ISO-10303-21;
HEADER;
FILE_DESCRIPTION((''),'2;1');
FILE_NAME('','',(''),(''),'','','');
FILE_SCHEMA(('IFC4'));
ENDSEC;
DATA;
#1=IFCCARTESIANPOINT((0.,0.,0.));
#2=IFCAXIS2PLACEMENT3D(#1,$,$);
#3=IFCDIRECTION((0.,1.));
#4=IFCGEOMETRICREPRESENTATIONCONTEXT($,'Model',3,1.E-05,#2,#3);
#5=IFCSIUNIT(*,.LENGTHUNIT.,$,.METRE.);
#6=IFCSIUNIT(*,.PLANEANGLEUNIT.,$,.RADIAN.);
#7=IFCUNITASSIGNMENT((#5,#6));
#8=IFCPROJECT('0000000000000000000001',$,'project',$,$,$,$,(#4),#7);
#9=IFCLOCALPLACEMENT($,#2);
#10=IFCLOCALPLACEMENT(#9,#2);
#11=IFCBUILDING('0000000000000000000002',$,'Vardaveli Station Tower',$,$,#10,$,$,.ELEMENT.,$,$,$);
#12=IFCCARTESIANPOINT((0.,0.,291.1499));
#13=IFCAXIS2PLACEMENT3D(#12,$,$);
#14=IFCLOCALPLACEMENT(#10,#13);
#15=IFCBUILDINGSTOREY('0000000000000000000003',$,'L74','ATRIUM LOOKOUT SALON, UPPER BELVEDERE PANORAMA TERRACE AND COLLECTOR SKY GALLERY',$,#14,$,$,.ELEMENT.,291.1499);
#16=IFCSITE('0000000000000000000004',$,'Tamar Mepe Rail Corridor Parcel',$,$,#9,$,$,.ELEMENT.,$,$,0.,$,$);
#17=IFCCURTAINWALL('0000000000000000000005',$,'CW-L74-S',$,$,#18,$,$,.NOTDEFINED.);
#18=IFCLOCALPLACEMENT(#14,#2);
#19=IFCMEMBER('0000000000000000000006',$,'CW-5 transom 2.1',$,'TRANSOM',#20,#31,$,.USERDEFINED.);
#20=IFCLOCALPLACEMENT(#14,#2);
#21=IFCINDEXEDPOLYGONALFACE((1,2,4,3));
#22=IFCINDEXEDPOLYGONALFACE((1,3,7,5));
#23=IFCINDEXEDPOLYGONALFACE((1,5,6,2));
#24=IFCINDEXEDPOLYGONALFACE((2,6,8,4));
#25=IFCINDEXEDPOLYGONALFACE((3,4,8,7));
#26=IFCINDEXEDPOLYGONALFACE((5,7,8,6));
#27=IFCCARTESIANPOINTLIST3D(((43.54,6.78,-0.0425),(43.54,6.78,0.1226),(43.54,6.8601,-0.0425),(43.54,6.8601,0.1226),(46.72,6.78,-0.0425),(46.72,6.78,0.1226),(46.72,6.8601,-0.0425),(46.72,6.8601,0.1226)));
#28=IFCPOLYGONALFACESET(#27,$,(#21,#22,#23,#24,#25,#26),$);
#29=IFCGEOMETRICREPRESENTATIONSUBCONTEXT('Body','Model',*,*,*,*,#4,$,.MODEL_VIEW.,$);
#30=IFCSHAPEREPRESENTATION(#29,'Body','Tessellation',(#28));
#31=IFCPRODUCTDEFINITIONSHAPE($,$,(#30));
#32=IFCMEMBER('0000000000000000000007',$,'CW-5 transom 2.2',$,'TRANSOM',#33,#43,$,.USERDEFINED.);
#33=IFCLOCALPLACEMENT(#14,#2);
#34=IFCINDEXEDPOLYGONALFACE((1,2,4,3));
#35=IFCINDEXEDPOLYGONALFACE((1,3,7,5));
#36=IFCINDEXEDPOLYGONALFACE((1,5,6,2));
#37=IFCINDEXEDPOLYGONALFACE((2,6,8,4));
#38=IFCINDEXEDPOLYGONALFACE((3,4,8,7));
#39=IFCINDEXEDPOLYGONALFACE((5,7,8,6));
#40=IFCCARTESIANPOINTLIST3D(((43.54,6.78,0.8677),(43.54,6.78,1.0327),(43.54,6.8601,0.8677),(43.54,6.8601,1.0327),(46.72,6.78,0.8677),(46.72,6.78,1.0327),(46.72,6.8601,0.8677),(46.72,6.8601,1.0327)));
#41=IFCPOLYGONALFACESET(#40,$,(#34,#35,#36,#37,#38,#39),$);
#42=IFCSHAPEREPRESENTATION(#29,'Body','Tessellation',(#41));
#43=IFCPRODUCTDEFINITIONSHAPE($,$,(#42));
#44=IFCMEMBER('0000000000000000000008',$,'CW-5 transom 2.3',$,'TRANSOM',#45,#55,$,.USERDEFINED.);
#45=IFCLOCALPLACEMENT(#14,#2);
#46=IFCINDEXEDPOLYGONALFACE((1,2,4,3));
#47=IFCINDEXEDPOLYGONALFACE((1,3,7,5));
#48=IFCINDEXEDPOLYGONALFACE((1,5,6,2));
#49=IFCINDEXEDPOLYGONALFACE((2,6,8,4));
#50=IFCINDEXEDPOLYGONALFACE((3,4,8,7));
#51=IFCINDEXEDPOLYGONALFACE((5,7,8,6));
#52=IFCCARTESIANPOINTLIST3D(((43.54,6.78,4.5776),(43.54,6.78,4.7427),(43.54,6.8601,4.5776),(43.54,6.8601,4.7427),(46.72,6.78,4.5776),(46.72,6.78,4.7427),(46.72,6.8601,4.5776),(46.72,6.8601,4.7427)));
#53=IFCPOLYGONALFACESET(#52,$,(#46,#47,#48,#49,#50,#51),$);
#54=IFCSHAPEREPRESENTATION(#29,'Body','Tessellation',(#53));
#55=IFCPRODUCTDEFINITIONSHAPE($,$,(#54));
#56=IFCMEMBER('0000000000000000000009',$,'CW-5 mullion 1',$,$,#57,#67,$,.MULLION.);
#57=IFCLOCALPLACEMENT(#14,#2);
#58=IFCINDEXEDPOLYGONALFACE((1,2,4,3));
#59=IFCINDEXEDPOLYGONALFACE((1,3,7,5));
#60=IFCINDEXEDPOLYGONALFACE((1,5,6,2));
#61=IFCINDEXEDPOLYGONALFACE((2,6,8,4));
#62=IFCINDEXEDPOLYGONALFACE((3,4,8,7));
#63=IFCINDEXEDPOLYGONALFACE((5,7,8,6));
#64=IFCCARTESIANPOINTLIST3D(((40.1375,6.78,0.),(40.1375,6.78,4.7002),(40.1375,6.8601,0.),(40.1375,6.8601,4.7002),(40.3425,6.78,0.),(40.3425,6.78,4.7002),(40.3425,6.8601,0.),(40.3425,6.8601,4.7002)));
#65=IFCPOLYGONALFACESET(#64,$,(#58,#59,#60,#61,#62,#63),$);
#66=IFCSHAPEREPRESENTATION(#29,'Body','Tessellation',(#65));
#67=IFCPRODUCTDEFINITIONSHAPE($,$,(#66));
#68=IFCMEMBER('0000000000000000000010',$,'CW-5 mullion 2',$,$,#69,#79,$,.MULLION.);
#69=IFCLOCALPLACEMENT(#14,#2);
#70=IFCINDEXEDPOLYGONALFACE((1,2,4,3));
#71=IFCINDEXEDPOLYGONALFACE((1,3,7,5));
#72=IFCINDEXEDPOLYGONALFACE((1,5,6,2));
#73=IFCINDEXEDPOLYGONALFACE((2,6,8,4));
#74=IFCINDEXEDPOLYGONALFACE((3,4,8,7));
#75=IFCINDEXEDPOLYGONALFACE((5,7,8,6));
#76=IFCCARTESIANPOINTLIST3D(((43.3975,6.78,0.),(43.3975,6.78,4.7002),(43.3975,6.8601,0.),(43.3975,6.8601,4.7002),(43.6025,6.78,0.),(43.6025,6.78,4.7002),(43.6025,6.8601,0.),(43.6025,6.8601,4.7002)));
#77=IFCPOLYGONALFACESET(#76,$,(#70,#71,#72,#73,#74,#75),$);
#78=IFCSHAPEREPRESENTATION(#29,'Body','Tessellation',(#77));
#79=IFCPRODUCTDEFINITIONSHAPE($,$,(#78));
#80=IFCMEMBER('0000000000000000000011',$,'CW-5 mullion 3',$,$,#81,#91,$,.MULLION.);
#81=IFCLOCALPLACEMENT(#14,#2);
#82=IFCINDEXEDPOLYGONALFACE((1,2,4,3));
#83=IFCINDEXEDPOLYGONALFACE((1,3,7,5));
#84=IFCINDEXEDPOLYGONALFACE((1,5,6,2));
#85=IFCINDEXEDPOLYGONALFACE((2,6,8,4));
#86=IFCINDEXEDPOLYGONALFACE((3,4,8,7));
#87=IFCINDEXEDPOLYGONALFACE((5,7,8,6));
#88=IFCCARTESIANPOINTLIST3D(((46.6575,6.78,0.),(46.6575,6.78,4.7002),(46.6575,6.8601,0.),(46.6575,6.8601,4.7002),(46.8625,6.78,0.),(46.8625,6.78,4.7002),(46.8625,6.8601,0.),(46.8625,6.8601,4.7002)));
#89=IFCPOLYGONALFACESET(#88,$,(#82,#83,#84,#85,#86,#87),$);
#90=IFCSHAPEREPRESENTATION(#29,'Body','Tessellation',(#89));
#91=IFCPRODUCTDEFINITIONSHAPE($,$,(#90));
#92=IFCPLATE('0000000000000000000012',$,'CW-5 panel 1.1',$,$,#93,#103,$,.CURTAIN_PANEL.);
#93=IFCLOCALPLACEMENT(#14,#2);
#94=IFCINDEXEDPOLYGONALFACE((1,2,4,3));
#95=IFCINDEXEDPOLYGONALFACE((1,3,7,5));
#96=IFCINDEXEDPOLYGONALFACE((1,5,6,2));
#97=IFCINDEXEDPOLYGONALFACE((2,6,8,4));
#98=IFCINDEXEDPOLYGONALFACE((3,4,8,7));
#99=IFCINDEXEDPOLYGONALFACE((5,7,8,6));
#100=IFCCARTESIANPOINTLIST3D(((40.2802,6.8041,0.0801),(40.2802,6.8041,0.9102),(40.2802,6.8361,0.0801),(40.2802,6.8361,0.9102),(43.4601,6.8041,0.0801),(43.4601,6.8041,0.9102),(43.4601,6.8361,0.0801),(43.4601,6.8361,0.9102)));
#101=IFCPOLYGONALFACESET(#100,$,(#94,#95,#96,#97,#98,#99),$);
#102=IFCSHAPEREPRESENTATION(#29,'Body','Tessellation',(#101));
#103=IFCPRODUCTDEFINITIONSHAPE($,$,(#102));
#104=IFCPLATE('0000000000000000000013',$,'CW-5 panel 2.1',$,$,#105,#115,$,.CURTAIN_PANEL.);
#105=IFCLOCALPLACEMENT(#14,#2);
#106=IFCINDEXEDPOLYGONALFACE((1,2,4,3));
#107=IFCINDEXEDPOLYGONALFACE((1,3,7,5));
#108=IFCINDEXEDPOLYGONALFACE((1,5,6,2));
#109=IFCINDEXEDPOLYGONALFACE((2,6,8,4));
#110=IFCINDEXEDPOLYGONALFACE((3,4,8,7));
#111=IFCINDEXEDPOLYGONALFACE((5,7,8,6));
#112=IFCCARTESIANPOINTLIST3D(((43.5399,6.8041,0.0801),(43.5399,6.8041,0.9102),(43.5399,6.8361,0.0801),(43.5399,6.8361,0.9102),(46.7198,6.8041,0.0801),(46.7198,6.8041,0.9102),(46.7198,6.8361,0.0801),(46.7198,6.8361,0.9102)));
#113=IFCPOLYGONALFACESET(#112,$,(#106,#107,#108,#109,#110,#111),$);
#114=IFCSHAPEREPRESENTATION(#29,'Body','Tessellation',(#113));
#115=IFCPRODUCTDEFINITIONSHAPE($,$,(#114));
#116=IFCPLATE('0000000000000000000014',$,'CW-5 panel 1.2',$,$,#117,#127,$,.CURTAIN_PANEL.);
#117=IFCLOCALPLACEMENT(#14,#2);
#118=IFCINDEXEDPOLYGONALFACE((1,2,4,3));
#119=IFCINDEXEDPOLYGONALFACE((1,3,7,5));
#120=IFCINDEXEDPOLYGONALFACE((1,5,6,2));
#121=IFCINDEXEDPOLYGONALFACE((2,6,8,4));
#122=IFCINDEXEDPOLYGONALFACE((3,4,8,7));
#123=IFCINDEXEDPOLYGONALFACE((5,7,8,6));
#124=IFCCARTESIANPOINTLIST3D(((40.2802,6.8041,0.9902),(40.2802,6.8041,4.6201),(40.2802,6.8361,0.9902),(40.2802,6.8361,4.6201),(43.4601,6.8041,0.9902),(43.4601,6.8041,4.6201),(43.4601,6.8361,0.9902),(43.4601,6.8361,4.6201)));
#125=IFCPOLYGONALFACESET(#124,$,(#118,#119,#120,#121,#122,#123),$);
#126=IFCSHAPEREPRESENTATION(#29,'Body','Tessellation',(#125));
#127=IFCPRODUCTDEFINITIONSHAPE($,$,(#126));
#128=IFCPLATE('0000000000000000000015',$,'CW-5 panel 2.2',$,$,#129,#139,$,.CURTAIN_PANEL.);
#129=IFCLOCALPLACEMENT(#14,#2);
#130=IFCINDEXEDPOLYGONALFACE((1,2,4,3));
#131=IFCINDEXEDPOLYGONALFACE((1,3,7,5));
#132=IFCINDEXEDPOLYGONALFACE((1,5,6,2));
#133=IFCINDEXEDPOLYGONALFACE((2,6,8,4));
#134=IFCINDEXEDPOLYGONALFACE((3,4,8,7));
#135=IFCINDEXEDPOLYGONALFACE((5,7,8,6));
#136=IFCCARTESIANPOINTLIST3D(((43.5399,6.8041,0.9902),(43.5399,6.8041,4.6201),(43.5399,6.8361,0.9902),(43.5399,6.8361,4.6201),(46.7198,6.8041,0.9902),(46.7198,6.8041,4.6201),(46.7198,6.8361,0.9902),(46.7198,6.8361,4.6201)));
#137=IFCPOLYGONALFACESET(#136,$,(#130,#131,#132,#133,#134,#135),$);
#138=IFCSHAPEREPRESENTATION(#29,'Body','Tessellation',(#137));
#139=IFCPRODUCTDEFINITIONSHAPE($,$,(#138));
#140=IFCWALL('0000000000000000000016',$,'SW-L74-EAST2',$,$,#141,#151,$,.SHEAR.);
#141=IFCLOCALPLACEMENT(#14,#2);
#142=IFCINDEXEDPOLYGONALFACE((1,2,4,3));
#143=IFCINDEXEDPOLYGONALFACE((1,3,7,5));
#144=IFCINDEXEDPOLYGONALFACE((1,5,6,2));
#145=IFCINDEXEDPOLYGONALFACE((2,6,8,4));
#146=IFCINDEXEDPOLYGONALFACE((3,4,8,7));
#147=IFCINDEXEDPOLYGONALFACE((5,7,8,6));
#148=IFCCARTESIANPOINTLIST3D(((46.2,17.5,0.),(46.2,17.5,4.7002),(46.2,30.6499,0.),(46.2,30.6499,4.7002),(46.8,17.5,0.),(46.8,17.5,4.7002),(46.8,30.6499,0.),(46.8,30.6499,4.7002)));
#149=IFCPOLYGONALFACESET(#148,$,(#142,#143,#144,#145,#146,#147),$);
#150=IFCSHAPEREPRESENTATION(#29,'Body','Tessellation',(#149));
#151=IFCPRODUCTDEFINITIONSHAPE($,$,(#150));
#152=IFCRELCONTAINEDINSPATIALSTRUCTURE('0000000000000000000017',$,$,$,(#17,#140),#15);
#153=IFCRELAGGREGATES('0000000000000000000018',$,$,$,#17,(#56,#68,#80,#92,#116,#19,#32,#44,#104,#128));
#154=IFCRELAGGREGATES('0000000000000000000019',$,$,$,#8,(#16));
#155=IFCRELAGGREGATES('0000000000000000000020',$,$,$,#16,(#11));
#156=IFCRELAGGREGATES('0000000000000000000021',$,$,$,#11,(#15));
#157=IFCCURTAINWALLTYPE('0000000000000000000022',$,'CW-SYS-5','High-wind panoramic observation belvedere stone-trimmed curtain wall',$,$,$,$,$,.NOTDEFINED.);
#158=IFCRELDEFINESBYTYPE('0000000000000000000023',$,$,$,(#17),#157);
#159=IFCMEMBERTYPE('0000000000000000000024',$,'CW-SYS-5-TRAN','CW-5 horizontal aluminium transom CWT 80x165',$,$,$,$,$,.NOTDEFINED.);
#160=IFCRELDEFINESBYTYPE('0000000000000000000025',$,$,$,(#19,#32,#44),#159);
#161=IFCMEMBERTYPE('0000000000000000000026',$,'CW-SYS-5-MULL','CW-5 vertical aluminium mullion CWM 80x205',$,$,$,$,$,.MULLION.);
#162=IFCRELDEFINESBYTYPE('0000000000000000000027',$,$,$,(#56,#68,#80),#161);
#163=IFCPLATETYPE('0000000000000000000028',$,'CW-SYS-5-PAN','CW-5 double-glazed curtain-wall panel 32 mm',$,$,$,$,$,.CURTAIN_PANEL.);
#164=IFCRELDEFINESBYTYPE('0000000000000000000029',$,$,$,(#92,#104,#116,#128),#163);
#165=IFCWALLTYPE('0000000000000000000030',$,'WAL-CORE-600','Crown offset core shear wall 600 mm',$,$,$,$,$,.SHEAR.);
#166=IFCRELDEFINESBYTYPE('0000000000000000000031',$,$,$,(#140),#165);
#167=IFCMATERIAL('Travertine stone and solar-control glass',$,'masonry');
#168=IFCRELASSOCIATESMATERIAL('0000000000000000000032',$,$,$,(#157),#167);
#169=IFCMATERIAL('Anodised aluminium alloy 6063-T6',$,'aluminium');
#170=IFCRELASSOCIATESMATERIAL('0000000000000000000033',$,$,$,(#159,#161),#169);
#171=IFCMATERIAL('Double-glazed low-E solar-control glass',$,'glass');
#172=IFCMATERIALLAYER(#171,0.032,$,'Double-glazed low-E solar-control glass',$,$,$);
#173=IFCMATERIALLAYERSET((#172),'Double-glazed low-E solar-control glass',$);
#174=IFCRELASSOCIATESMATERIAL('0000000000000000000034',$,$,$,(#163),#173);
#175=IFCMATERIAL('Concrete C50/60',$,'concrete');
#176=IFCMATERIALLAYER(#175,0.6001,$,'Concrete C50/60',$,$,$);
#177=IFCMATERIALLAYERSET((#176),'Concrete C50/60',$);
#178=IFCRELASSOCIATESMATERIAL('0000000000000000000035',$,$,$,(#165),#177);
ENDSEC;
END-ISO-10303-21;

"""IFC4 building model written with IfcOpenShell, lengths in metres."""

from ifc_helpers import new_model, si_unit, direction, frame, frame_2d, origin, origin_2d, place, context, subcontext, project, spatial, rectangle, extrude, source, transform, mapped, material, layer, layer_set, material_profile, profile_set, type_object, element, aggregate, save


model = new_model("IFC4")

# Units and contexts
model_context = context("Model", 3, precision=1e-05, world=origin(), true_north=direction((0.0, 1.0)))
body_context = subcontext(model_context, "Body", "Model", "MODEL_VIEW")
ifc_project = project(units=[si_unit("LENGTHUNIT", "METRE"), si_unit("PLANEANGLEUNIT", "RADIAN")], contexts=[model_context])

# Site, building, storey
site_placement = place(None, origin())
site = spatial("IfcSite", under=ifc_project, at=site_placement, Name="Tamar Mepe Rail Corridor Parcel", CompositionType="ELEMENT", RefElevation=0.0)
building_placement = place(site_placement, origin())
building = spatial("IfcBuilding", under=site, at=building_placement, Name="Vardaveli Station Tower", CompositionType="ELEMENT")
storey_placement = place(building_placement, frame((0.0, 0.0, 291.1499)))
storey = spatial("IfcBuildingStorey", under=building, at=storey_placement, Name="L74", Description="ATRIUM LOOKOUT SALON, UPPER BELVEDERE PANORAMA TERRACE AND COLLECTOR SKY GALLERY", CompositionType="ELEMENT", Elevation=291.1499)

# Curtain wall, members, plates
ifc_material_1 = material(Name="Travertine stone and solar-control glass", Category="masonry")
curtain_wall_type = type_object("IfcCurtainWallType", Name="CW-SYS-5", Description="High-wind panoramic observation belvedere stone-trimmed curtain wall", PredefinedType="NOTDEFINED", material=ifc_material_1)
curtain_wall_placement = place(storey_placement, origin())
curtain_wall = element("IfcCurtainWall", 1, at=curtain_wall_placement, inside=storey, type_object=curtain_wall_type, Name="CW-L74-S", PredefinedType="NOTDEFINED")
ifc_material_2 = material(Name="Anodised aluminium alloy 6063-T6", Category="aluminium")
ifc_material_profile_1 = material_profile(ifc_material_2, rectangle(XDim=0.0801, YDim=0.165, at=origin_2d()), Name="CWT 80x165")
ifc_profile_set_1 = profile_set([ifc_material_profile_1], Name="Anodised aluminium alloy 6063-T6")
member_type_1 = type_object("IfcMemberType", Name="CW-SYS-5-TRAN", Description="CW-5 horizontal aluminium transom CWT 80x165", PredefinedType="NOTDEFINED", material=ifc_profile_set_1)
shared_shape_1 = source(origin(), body_context, "Body", "SweptSolid", [
    extrude(rectangle(XDim=0.0801, YDim=0.165, at=origin_2d()), origin(), (0.0, 0.0, 1.0), 3.1799),
])
member_1_placement = place(storey_placement, frame((43.54, 6.8201, 0.04), z_axis=(1.0, 0.0, 0.0), x_axis=(0.0, 1.0, 0.0)))
member_1 = element("IfcMember", 2, at=member_1_placement, type_object=member_type_1, Name="CW-5 transom 2.1", ObjectType="TRANSOM", PredefinedType="USERDEFINED", context=body_context, shape_type="MappedRepresentation", body=[
    mapped(shared_shape_1, transform((0.0, 0.0, 0.0), scale=1.0)),
])
member_2_placement = place(storey_placement, frame((43.54, 6.8201, 0.9502), z_axis=(1.0, 0.0, 0.0), x_axis=(0.0, 1.0, 0.0)))
member_2 = element("IfcMember", 3, at=member_2_placement, type_object=member_type_1, Name="CW-5 transom 2.2", ObjectType="TRANSOM", PredefinedType="USERDEFINED", context=body_context, shape_type="MappedRepresentation", body=[
    mapped(shared_shape_1, transform((0.0, 0.0, 0.0), scale=1.0)),
])
member_3_placement = place(storey_placement, frame((43.54, 6.8201, 4.6602), z_axis=(1.0, 0.0, 0.0), x_axis=(0.0, 1.0, 0.0)))
member_3 = element("IfcMember", 4, at=member_3_placement, type_object=member_type_1, Name="CW-5 transom 2.3", ObjectType="TRANSOM", PredefinedType="USERDEFINED", context=body_context, shape_type="MappedRepresentation", body=[
    mapped(shared_shape_1, transform((0.0, 0.0, 0.0), scale=1.0)),
])
ifc_material_profile_2 = material_profile(ifc_material_2, rectangle(XDim=0.0801, YDim=0.2051, at=origin_2d()), Name="CWM 80x205")
ifc_profile_set_2 = profile_set([ifc_material_profile_2], Name="Anodised aluminium alloy 6063-T6")
member_type_2 = type_object("IfcMemberType", Name="CW-SYS-5-MULL", Description="CW-5 vertical aluminium mullion CWM 80x205", PredefinedType="MULLION", material=ifc_profile_set_2)
shared_shape_2 = source(origin(), body_context, "Body", "SweptSolid", [
    extrude(rectangle(XDim=0.0801, YDim=0.2051, at=origin_2d()), origin(), (0.0, 0.0, 1.0), 4.7002),
])
member_4_placement = place(storey_placement, frame((40.24, 6.8201, 0.0), z_axis=(0.0, 0.0, 1.0), x_axis=(0.0, 1.0, 0.0)))
member_4 = element("IfcMember", 5, at=member_4_placement, type_object=member_type_2, Name="CW-5 mullion 1", PredefinedType="MULLION", context=body_context, shape_type="MappedRepresentation", body=[
    mapped(shared_shape_2, transform((0.0, 0.0, 0.0), scale=1.0)),
])
member_5_placement = place(storey_placement, frame((43.5, 6.8201, 0.0), z_axis=(0.0, 0.0, 1.0), x_axis=(0.0, 1.0, 0.0)))
member_5 = element("IfcMember", 6, at=member_5_placement, type_object=member_type_2, Name="CW-5 mullion 2", PredefinedType="MULLION", context=body_context, shape_type="MappedRepresentation", body=[
    mapped(shared_shape_2, transform((0.0, 0.0, 0.0), scale=1.0)),
])
member_6_placement = place(storey_placement, frame((46.76, 6.8201, 0.0), z_axis=(0.0, 0.0, 1.0), x_axis=(0.0, 1.0, 0.0)))
member_6 = element("IfcMember", 7, at=member_6_placement, type_object=member_type_2, Name="CW-5 mullion 3", PredefinedType="MULLION", context=body_context, shape_type="MappedRepresentation", body=[
    mapped(shared_shape_2, transform((0.0, 0.0, 0.0), scale=1.0)),
])
ifc_material_3 = material(Name="Double-glazed low-E solar-control glass", Category="glass")
ifc_layer_1 = layer(ifc_material_3, 0.032, Name="Double-glazed low-E solar-control glass")
ifc_layer_set_1 = layer_set([ifc_layer_1], Name="Double-glazed low-E solar-control glass")
plate_type = type_object("IfcPlateType", Name="CW-SYS-5-PAN", Description="CW-5 double-glazed curtain-wall panel 32 mm", PredefinedType="CURTAIN_PANEL", material=ifc_layer_set_1)
shared_shape_3 = source(origin(), body_context, "Body", "SweptSolid", [
    extrude(rectangle(XDim=3.1799, YDim=0.032, at=origin_2d()), origin(), (0.0, 0.0, 1.0), 0.8301),
])
plate_1_placement = place(storey_placement, frame((41.8701, 6.8201, 0.0801), z_axis=(0.0, 0.0, 1.0), x_axis=(1.0, 0.0, 0.0)))
plate_1 = element("IfcPlate", 8, at=plate_1_placement, type_object=plate_type, Name="CW-5 panel 1.1", PredefinedType="CURTAIN_PANEL", context=body_context, shape_type="MappedRepresentation", body=[
    mapped(shared_shape_3, transform((0.0, 0.0, 0.0), scale=1.0)),
])
plate_2_placement = place(storey_placement, frame((45.1299, 6.8201, 0.0801), z_axis=(0.0, 0.0, 1.0), x_axis=(1.0, 0.0, 0.0)))
plate_2 = element("IfcPlate", 9, at=plate_2_placement, type_object=plate_type, Name="CW-5 panel 2.1", PredefinedType="CURTAIN_PANEL", context=body_context, shape_type="MappedRepresentation", body=[
    mapped(shared_shape_3, transform((0.0, 0.0, 0.0), scale=1.0)),
])
shared_shape_4 = source(origin(), body_context, "Body", "SweptSolid", [
    extrude(rectangle(XDim=3.1799, YDim=0.032, at=origin_2d()), origin(), (0.0, 0.0, 1.0), 3.6299),
])
plate_3_placement = place(storey_placement, frame((41.8701, 6.8201, 0.9902), z_axis=(0.0, 0.0, 1.0), x_axis=(1.0, 0.0, 0.0)))
plate_3 = element("IfcPlate", 10, at=plate_3_placement, type_object=plate_type, Name="CW-5 panel 1.2", PredefinedType="CURTAIN_PANEL", context=body_context, shape_type="MappedRepresentation", body=[
    mapped(shared_shape_4, transform((0.0, 0.0, 0.0), scale=1.0)),
])
plate_4_placement = place(storey_placement, frame((45.1299, 6.8201, 0.9902), z_axis=(0.0, 0.0, 1.0), x_axis=(1.0, 0.0, 0.0)))
plate_4 = element("IfcPlate", 11, at=plate_4_placement, type_object=plate_type, Name="CW-5 panel 2.2", PredefinedType="CURTAIN_PANEL", context=body_context, shape_type="MappedRepresentation", body=[
    mapped(shared_shape_4, transform((0.0, 0.0, 0.0), scale=1.0)),
])
aggregate(curtain_wall, [member_4, member_5, member_6, plate_1, plate_3, member_1, member_2, member_3, plate_2, plate_4])

# Wall
ifc_material_4 = material(Name="Concrete C50/60", Category="concrete")
ifc_layer_2 = layer(ifc_material_4, 0.6001, Name="Concrete C50/60")
ifc_layer_set_2 = layer_set([ifc_layer_2], Name="Concrete C50/60")
wall_type_1 = type_object("IfcWallType", Name="WAL-CORE-600", Description="Crown offset core shear wall 600 mm", PredefinedType="SHEAR", material=ifc_layer_set_2)
shared_shape_5 = source(origin(), body_context, "Body", "SweptSolid", [
    extrude(rectangle(XDim=13.1499, YDim=0.6001, at=frame_2d((6.575, 0.0))), origin(), (0.0, 0.0, 1.0), 4.7002),
])
wall_1_placement = place(storey_placement, frame((46.5, 17.5, 0.0), z_axis=(0.0, 0.0, 1.0), x_axis=(0.0, 1.0, 0.0)))
element("IfcWall", 12, at=wall_1_placement, inside=storey, type_object=wall_type_1, Name="SW-L74-EAST2", PredefinedType="SHEAR", context=body_context, shape_type="MappedRepresentation", body=[
    mapped(shared_shape_5, transform((0.0, 0.0, 0.0), scale=1.0)),
])

save(model, "model.ifc")
